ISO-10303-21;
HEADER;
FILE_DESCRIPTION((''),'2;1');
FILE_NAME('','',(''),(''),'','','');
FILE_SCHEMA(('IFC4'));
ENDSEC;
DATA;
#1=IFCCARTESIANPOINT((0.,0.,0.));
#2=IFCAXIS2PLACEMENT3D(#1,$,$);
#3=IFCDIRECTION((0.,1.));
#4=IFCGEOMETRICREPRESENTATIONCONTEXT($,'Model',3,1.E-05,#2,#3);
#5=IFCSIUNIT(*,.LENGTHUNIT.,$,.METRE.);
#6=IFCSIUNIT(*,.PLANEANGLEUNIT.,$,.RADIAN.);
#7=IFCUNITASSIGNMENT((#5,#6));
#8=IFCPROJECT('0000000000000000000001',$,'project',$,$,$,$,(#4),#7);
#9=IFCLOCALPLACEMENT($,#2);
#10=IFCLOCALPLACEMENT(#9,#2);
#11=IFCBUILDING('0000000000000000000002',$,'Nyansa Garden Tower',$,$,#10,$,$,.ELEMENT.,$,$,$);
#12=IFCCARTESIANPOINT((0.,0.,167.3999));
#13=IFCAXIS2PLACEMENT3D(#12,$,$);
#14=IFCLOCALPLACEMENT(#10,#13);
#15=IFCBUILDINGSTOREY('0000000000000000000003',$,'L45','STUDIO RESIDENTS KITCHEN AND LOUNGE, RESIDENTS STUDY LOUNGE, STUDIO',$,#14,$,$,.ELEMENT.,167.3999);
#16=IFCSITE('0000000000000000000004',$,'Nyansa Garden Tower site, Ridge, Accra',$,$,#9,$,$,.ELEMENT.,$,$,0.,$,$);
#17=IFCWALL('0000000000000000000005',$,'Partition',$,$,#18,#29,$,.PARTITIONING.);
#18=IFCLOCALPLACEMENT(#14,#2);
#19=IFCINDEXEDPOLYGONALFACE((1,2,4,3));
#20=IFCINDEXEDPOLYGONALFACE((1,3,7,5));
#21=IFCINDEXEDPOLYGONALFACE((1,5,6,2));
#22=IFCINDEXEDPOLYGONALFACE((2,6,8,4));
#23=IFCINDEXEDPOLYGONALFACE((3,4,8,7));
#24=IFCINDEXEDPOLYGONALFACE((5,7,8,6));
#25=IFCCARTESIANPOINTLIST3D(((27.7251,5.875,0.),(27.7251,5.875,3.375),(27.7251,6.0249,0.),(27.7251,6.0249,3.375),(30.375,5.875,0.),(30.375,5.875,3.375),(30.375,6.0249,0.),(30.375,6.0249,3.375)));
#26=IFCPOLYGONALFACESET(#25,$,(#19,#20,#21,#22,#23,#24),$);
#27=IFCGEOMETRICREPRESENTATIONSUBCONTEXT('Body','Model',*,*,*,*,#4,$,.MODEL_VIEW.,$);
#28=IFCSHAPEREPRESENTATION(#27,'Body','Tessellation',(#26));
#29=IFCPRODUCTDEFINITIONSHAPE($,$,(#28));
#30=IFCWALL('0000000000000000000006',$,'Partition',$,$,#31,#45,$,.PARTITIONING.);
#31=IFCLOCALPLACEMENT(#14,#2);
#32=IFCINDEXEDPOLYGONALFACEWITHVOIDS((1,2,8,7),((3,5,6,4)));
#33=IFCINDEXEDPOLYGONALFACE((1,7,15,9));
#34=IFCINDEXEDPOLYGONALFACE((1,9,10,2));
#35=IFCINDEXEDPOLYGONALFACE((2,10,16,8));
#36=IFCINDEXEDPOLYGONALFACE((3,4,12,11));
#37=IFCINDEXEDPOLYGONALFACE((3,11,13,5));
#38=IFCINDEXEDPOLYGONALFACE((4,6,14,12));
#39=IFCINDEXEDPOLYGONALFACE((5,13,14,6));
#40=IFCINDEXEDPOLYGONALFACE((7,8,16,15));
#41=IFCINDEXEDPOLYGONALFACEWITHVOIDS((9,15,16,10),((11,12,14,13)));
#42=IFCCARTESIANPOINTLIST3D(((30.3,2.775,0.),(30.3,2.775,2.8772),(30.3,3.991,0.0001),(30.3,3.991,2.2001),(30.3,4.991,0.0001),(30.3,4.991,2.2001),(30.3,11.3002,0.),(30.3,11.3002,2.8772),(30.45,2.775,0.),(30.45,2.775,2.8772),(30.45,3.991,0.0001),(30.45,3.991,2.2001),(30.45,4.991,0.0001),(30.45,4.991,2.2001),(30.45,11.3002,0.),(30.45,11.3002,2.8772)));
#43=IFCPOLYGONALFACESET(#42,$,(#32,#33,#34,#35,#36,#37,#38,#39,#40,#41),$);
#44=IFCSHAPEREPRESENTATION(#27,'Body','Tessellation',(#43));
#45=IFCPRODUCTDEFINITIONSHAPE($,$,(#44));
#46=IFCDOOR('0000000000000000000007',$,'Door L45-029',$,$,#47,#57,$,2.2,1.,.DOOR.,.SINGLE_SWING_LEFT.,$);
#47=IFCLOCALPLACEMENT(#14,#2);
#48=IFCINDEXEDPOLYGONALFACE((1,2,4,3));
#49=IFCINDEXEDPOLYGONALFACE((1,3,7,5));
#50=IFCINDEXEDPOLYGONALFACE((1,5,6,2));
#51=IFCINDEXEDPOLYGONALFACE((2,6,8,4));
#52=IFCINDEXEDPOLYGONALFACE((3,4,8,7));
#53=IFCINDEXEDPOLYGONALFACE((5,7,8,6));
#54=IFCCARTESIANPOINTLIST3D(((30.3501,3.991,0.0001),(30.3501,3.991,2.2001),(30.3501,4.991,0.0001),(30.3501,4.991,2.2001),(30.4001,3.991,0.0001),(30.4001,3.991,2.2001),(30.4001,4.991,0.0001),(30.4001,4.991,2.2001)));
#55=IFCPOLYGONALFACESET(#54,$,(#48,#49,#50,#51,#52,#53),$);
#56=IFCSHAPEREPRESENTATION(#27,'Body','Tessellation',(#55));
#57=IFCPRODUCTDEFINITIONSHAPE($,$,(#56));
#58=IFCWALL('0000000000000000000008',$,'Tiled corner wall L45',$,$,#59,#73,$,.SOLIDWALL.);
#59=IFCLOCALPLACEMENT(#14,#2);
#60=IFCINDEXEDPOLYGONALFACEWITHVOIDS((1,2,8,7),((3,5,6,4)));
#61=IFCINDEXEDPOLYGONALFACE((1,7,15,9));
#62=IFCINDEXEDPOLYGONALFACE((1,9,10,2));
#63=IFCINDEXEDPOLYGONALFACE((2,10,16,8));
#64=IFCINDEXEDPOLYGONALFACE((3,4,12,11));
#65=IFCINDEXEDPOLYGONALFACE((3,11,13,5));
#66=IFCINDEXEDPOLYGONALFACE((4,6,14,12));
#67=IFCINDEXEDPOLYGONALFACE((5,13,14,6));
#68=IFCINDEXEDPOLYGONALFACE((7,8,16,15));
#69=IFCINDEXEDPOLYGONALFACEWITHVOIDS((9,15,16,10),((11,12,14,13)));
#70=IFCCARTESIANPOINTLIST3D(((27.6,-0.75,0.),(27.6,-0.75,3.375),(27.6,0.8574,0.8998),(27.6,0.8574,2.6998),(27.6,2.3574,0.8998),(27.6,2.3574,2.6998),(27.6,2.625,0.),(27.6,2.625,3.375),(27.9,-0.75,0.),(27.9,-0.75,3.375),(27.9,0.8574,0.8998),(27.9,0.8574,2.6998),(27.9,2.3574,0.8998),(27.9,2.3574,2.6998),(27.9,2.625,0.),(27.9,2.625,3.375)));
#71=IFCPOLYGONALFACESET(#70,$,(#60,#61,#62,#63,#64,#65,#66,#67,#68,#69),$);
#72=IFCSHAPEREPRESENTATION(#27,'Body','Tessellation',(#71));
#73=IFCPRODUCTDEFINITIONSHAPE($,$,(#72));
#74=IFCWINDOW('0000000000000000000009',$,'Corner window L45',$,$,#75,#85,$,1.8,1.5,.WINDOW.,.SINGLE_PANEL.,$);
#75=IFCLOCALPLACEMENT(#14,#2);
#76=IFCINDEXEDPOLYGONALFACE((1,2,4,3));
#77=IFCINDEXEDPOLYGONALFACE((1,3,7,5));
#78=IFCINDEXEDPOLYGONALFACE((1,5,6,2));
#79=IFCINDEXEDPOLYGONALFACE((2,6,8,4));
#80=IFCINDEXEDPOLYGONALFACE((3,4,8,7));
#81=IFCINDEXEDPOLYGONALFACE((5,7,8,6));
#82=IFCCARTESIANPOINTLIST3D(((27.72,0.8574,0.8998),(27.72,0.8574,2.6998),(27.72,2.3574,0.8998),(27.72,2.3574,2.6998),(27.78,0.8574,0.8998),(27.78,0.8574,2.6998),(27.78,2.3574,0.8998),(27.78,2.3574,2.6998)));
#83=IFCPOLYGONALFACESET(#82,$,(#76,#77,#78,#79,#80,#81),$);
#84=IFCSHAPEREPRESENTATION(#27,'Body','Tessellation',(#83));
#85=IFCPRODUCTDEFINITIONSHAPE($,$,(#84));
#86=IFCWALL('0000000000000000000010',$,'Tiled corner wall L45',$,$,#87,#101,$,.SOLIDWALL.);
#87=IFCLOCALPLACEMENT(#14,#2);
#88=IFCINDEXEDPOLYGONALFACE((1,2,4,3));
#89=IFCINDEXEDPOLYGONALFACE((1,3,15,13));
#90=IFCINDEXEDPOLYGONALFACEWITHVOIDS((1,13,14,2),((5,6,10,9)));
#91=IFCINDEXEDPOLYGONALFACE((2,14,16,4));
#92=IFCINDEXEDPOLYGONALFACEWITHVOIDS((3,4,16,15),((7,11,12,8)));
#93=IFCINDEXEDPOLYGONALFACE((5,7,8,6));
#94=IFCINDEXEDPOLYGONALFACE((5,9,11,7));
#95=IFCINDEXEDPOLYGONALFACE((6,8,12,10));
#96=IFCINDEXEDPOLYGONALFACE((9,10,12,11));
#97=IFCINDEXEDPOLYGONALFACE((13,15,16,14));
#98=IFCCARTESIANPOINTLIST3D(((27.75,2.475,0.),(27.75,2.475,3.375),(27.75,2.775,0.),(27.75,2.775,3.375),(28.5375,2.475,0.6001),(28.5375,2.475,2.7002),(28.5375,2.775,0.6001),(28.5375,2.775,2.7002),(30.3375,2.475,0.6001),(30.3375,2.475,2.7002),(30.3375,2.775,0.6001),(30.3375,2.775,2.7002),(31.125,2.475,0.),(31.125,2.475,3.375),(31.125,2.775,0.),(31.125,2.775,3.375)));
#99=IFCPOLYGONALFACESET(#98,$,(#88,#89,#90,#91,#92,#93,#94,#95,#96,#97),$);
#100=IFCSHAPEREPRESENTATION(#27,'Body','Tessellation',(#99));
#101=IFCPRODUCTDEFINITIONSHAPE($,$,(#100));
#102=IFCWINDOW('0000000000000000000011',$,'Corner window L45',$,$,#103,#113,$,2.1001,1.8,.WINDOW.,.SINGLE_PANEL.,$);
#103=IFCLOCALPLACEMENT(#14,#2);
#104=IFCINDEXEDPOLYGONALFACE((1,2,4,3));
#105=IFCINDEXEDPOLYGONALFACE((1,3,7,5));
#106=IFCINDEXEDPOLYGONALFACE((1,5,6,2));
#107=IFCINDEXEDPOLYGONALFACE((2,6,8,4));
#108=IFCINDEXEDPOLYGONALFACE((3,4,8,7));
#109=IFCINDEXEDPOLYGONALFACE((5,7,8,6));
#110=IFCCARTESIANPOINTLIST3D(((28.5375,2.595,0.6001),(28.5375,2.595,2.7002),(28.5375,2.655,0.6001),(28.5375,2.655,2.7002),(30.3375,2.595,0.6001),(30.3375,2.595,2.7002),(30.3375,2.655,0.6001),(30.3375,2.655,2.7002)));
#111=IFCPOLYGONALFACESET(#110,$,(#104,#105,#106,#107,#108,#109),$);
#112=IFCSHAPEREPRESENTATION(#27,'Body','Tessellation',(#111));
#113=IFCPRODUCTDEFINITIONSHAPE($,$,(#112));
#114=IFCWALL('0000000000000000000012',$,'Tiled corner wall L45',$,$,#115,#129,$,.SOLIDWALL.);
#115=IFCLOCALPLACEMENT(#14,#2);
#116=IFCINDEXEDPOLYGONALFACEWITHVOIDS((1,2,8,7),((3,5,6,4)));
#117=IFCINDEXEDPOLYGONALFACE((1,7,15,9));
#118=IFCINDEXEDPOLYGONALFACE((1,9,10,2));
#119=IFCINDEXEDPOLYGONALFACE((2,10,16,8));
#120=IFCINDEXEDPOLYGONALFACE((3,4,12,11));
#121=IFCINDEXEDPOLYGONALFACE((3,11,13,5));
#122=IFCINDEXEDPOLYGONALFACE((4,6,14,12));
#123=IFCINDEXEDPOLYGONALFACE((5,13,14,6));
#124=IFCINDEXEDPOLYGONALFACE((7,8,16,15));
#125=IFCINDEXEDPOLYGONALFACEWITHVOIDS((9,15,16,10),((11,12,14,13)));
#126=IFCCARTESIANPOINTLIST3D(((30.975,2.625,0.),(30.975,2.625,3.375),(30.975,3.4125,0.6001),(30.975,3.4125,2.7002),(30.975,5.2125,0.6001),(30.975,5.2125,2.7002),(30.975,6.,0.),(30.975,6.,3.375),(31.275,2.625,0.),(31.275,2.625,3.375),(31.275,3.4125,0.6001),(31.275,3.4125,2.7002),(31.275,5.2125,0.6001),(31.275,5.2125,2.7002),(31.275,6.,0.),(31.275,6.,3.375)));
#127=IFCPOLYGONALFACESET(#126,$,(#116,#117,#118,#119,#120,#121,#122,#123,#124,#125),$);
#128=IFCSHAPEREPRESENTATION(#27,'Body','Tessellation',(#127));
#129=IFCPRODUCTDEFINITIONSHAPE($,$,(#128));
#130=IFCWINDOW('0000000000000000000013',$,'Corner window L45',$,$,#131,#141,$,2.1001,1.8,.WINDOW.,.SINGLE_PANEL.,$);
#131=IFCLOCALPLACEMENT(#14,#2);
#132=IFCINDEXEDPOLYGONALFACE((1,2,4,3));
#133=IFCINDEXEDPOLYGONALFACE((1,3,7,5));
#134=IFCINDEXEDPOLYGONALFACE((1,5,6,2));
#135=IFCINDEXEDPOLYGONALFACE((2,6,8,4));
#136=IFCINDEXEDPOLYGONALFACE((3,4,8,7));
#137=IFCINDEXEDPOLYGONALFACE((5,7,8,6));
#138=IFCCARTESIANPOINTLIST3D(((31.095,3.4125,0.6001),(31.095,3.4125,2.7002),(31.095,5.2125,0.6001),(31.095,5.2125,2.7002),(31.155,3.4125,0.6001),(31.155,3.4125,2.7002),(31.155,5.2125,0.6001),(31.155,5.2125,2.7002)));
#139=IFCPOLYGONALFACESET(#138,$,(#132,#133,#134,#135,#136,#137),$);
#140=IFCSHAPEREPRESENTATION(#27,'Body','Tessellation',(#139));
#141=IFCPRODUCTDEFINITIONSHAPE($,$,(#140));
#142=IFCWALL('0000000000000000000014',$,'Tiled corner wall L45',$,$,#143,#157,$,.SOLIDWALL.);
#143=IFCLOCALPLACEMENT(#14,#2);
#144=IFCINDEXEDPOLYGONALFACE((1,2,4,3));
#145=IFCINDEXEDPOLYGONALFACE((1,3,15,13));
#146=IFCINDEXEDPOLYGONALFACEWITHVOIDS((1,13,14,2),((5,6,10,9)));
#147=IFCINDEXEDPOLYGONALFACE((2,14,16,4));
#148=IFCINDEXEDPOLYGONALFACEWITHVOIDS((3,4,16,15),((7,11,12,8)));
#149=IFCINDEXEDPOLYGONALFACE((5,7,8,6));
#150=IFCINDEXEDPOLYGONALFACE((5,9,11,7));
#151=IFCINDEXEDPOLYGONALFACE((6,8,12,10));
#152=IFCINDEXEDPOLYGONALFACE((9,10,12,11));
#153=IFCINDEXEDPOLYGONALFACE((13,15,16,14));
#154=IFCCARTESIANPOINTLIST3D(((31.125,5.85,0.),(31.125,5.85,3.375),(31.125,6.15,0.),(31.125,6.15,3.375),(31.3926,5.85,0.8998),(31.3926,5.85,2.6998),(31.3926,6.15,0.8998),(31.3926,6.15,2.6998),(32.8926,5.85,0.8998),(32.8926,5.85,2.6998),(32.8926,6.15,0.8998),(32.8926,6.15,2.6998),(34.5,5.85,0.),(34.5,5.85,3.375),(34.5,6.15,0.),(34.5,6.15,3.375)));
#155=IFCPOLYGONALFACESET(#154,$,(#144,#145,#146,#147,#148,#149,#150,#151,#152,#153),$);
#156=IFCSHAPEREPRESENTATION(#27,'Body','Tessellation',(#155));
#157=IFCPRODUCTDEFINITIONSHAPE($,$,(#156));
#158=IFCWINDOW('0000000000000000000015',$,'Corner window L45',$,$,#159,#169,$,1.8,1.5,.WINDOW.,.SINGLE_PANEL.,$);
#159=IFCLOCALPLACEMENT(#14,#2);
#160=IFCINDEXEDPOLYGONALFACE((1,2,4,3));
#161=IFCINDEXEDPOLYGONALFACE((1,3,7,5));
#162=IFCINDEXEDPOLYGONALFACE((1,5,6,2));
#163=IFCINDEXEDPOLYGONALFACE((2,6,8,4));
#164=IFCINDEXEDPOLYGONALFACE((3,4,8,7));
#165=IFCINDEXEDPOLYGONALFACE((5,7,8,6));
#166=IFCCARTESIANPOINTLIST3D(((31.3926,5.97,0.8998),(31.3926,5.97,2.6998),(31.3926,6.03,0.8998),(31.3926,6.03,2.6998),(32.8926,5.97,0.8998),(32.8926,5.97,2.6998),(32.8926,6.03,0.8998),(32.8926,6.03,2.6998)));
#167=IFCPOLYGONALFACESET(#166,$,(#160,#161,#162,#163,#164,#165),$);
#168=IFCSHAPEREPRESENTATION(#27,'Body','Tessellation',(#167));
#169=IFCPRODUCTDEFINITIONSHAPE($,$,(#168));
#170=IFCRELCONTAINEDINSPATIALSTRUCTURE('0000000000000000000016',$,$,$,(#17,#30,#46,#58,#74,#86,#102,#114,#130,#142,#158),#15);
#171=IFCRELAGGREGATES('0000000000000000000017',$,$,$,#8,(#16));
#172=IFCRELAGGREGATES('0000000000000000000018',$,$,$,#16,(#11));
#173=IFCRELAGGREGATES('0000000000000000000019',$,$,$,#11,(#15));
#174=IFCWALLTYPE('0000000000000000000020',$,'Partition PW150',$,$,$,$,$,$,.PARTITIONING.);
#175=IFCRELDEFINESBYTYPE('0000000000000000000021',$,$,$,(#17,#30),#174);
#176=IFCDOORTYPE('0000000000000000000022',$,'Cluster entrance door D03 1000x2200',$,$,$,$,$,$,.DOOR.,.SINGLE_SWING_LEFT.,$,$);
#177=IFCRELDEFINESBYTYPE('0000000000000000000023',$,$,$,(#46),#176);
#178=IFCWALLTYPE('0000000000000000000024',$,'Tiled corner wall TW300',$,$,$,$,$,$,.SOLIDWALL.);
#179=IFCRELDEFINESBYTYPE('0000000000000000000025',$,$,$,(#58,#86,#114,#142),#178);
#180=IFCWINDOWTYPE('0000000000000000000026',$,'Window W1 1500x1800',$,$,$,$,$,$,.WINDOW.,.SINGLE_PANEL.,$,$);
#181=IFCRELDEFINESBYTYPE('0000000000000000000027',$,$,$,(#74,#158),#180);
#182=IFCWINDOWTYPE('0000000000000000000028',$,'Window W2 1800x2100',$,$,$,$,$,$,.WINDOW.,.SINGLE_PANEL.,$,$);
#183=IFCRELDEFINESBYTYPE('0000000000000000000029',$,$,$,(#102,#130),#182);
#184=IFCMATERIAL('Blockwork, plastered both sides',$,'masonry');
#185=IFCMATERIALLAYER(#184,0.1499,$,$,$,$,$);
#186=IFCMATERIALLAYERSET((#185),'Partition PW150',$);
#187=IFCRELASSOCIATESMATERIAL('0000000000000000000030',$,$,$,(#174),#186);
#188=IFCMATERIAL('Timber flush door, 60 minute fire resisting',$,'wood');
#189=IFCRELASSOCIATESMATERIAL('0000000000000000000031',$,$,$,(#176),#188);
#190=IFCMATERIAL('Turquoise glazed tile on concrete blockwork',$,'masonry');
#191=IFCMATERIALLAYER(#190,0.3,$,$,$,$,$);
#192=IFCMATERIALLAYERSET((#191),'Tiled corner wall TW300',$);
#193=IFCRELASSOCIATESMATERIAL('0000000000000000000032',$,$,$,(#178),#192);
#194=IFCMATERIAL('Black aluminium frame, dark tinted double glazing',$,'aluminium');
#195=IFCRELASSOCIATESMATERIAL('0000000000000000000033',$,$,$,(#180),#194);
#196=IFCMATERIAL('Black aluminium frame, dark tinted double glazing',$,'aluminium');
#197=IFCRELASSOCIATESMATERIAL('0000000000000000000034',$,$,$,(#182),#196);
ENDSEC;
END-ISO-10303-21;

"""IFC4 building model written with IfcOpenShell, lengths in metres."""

from ifc_helpers import new_model, si_unit, direction, frame, frame_2d, origin, place, context, subcontext, project, spatial, rectangle, extrude, material, layer, layer_set, type_object, element, fill, save


model = new_model("IFC4")

# Units and contexts
model_context = context("Model", 3, precision=1e-05, world=origin(), true_north=direction((0.0, 1.0)))
body_context = subcontext(model_context, "Body", "Model", "MODEL_VIEW")
ifc_project = project(units=[si_unit("LENGTHUNIT", "METRE"), si_unit("PLANEANGLEUNIT", "RADIAN")], contexts=[model_context])

# Site, building, storey
site_placement = place(None, origin())
site = spatial("IfcSite", under=ifc_project, at=site_placement, Name="Nyansa Garden Tower site, Ridge, Accra", CompositionType="ELEMENT", RefElevation=0.0)
building_placement = place(site_placement, origin())
building = spatial("IfcBuilding", under=site, at=building_placement, Name="Nyansa Garden Tower", CompositionType="ELEMENT")
storey_placement = place(building_placement, frame((0.0, 0.0, 167.3999)))
storey = spatial("IfcBuildingStorey", under=building, at=storey_placement, Name="L45", Description="STUDIO RESIDENTS KITCHEN AND LOUNGE, RESIDENTS STUDY LOUNGE, STUDIO", CompositionType="ELEMENT", Elevation=167.3999)

# Wall
ifc_material_1 = material(Name="Blockwork, plastered both sides", Category="masonry")
ifc_layer_1 = layer(ifc_material_1, 0.1499)
ifc_layer_set_1 = layer_set([ifc_layer_1], Name="Partition PW150")
wall_type_1 = type_object("IfcWallType", Name="Partition PW150", PredefinedType="PARTITIONING", material=ifc_layer_set_1)
wall_1_placement = place(storey_placement, frame((27.7251, 5.95, 0.0), z_axis=(0.0, 0.0, 1.0), x_axis=(1.0, 0.0, 0.0)))
element("IfcWall", 1, at=wall_1_placement, inside=storey, type_object=wall_type_1, Name="Partition", PredefinedType="PARTITIONING", context=body_context, shape_type="SweptSolid", body=[
    extrude(rectangle(XDim=2.6499, YDim=0.1499, at=frame_2d((1.325, 0.0))), origin(), (0.0, 0.0, 1.0), 3.375),
])

# Wall, opening, door
wall_2_placement = place(storey_placement, frame((30.375, 2.7749, 0.0), z_axis=(0.0, 0.0, 1.0), x_axis=(0.0, 1.0, 0.0)))
wall_2 = element("IfcWall", 2, at=wall_2_placement, inside=storey, type_object=wall_type_1, Name="Partition", PredefinedType="PARTITIONING", context=body_context, shape_type="SweptSolid", body=[
    extrude(rectangle(XDim=8.5251, YDim=0.1499, at=frame_2d((4.2627, 0.0))), origin(), (0.0, 0.0, 1.0), 2.8772),
])
opening_1_placement = place(wall_2_placement, frame((1.2161, 0.0, 0.0)))
opening_1 = element("IfcOpeningElement", 3, at=opening_1_placement, cuts=wall_2, PredefinedType="OPENING", context=body_context, shape_type="SweptSolid", body=[
    extrude(rectangle(XDim=1.0, YDim=2.2, at=frame_2d((0.5, 1.1001))), frame((0.0, 0.085, 0.0), z_axis=(0.0, -1.0, 0.0), x_axis=(1.0, 0.0, 0.0)), (0.0, 0.0, 1.0), 0.1699),
])
ifc_material_2 = material(Name="Timber flush door, 60 minute fire resisting", Category="wood")
door_type = type_object("IfcDoorType", Name="Cluster entrance door D03 1000x2200", OperationType="SINGLE_SWING_LEFT", PredefinedType="DOOR", material=ifc_material_2)
door_placement = place(opening_1_placement, origin())
door = element("IfcDoor", 4, at=door_placement, inside=storey, type_object=door_type, Name="Door L45-029", OperationType="SINGLE_SWING_LEFT", OverallHeight=2.2, OverallWidth=1.0, PredefinedType="DOOR", context=body_context, shape_type="SweptSolid", body=[
    extrude(rectangle(XDim=1.0, YDim=2.2, at=frame_2d((0.5, 1.1001))), frame((0.0, 0.0249, 0.0), z_axis=(0.0, -1.0, 0.0), x_axis=(1.0, 0.0, 0.0)), (0.0, 0.0, 1.0), 0.05),
])
fill(opening_1, door)

# Walls, openings, windows
ifc_material_3 = material(Name="Turquoise glazed tile on concrete blockwork", Category="masonry")
ifc_layer_2 = layer(ifc_material_3, 0.3)
ifc_layer_set_2 = layer_set([ifc_layer_2], Name="Tiled corner wall TW300")
wall_type_2 = type_object("IfcWallType", Name="Tiled corner wall TW300", PredefinedType="SOLIDWALL", material=ifc_layer_set_2)
wall_3_placement = place(storey_placement, frame((27.75, -0.75, 0.0), z_axis=(0.0, 0.0, 1.0), x_axis=(0.0, 1.0, 0.0)))
wall_3 = element("IfcWall", 5, at=wall_3_placement, inside=storey, type_object=wall_type_2, Name="Tiled corner wall L45", PredefinedType="SOLIDWALL", context=body_context, shape_type="SweptSolid", body=[
    extrude(rectangle(XDim=3.375, YDim=0.3, at=frame_2d((1.6875, 0.0))), origin(), (0.0, 0.0, 1.0), 3.375),
])
opening_2_placement = place(wall_3_placement, frame((1.6074, 0.0, 0.8999)))
opening_2 = element("IfcOpeningElement", 6, at=opening_2_placement, cuts=wall_3, PredefinedType="OPENING", context=body_context, shape_type="SweptSolid", body=[
    extrude(rectangle(XDim=1.5, YDim=1.8, at=frame_2d((0.75, 0.8999))), frame((0.0, 0.1599, 0.0), z_axis=(0.0, -1.0, 0.0), x_axis=(1.0, 0.0, 0.0)), (0.0, 0.0, 1.0), 0.3201),
])
ifc_material_4 = material(Name="Black aluminium frame, dark tinted double glazing", Category="aluminium")
window_type_1 = type_object("IfcWindowType", Name="Window W1 1500x1800", PartitioningType="SINGLE_PANEL", PredefinedType="WINDOW", material=ifc_material_4)
window_1_placement = place(opening_2_placement, origin())
window_1 = element("IfcWindow", 7, at=window_1_placement, inside=storey, type_object=window_type_1, Name="Corner window L45", OverallHeight=1.8, OverallWidth=1.5, PartitioningType="SINGLE_PANEL", PredefinedType="WINDOW", context=body_context, shape_type="SweptSolid", body=[
    extrude(rectangle(XDim=1.5, YDim=1.8, at=frame_2d((0.75, 0.8999))), frame((0.0, 0.03, 0.0), z_axis=(0.0, -1.0, 0.0), x_axis=(1.0, 0.0, 0.0)), (0.0, 0.0, 1.0), 0.0601),
])
fill(opening_2, window_1)
wall_4_placement = place(storey_placement, frame((27.75, 2.625, 0.0), z_axis=(0.0, 0.0, 1.0), x_axis=(1.0, 0.0, 0.0)))
wall_4 = element("IfcWall", 8, at=wall_4_placement, inside=storey, type_object=wall_type_2, Name="Tiled corner wall L45", PredefinedType="SOLIDWALL", context=body_context, shape_type="SweptSolid", body=[
    extrude(rectangle(XDim=3.375, YDim=0.3, at=frame_2d((1.6875, 0.0))), origin(), (0.0, 0.0, 1.0), 3.375),
])
opening_3_placement = place(wall_4_placement, frame((0.7876, 0.0, 0.6001)))
opening_3 = element("IfcOpeningElement", 9, at=opening_3_placement, cuts=wall_4, PredefinedType="OPENING", context=body_context, shape_type="SweptSolid", body=[
    extrude(rectangle(XDim=1.8, YDim=2.1001, at=frame_2d((0.8999, 1.05))), frame((0.0, 0.1599, 0.0), z_axis=(0.0, -1.0, 0.0), x_axis=(1.0, 0.0, 0.0)), (0.0, 0.0, 1.0), 0.3201),
])
ifc_material_5 = material(Name="Black aluminium frame, dark tinted double glazing", Category="aluminium")
window_type_2 = type_object("IfcWindowType", Name="Window W2 1800x2100", PartitioningType="SINGLE_PANEL", PredefinedType="WINDOW", material=ifc_material_5)
window_2_placement = place(opening_3_placement, origin())
window_2 = element("IfcWindow", 10, at=window_2_placement, inside=storey, type_object=window_type_2, Name="Corner window L45", OverallHeight=2.1001, OverallWidth=1.8, PartitioningType="SINGLE_PANEL", PredefinedType="WINDOW", context=body_context, shape_type="SweptSolid", body=[
    extrude(rectangle(XDim=1.8, YDim=2.1001, at=frame_2d((0.8999, 1.05))), frame((0.0, 0.03, 0.0), z_axis=(0.0, -1.0, 0.0), x_axis=(1.0, 0.0, 0.0)), (0.0, 0.0, 1.0), 0.0601),
])
fill(opening_3, window_2)
wall_5_placement = place(storey_placement, frame((31.125, 2.625, 0.0), z_axis=(0.0, 0.0, 1.0), x_axis=(0.0, 1.0, 0.0)))
wall_5 = element("IfcWall", 11, at=wall_5_placement, inside=storey, type_object=wall_type_2, Name="Tiled corner wall L45", PredefinedType="SOLIDWALL", context=body_context, shape_type="SweptSolid", body=[
    extrude(rectangle(XDim=3.375, YDim=0.3, at=frame_2d((1.6875, 0.0))), origin(), (0.0, 0.0, 1.0), 3.375),
])
opening_4_placement = place(wall_5_placement, frame((0.7876, 0.0, 0.6001)))
opening_4 = element("IfcOpeningElement", 12, at=opening_4_placement, cuts=wall_5, PredefinedType="OPENING", context=body_context, shape_type="SweptSolid", body=[
    extrude(rectangle(XDim=1.8, YDim=2.1001, at=frame_2d((0.8999, 1.05))), frame((0.0, 0.1599, 0.0), z_axis=(0.0, -1.0, 0.0), x_axis=(1.0, 0.0, 0.0)), (0.0, 0.0, 1.0), 0.3201),
])
window_3_placement = place(opening_4_placement, origin())
window_3 = element("IfcWindow", 13, at=window_3_placement, inside=storey, type_object=window_type_2, Name="Corner window L45", OverallHeight=2.1001, OverallWidth=1.8, PartitioningType="SINGLE_PANEL", PredefinedType="WINDOW", context=body_context, shape_type="SweptSolid", body=[
    extrude(rectangle(XDim=1.8, YDim=2.1001, at=frame_2d((0.8999, 1.05))), frame((0.0, 0.03, 0.0), z_axis=(0.0, -1.0, 0.0), x_axis=(1.0, 0.0, 0.0)), (0.0, 0.0, 1.0), 0.0601),
])
fill(opening_4, window_3)
wall_6_placement = place(storey_placement, frame((31.125, 6.0, 0.0), z_axis=(0.0, 0.0, 1.0), x_axis=(1.0, 0.0, 0.0)))
wall_6 = element("IfcWall", 14, at=wall_6_placement, inside=storey, type_object=wall_type_2, Name="Tiled corner wall L45", PredefinedType="SOLIDWALL", context=body_context, shape_type="SweptSolid", body=[
    extrude(rectangle(XDim=3.375, YDim=0.3, at=frame_2d((1.6875, 0.0))), origin(), (0.0, 0.0, 1.0), 3.375),
])
opening_5_placement = place(wall_6_placement, frame((0.2676, 0.0, 0.8999)))
opening_5 = element("IfcOpeningElement", 15, at=opening_5_placement, cuts=wall_6, PredefinedType="OPENING", context=body_context, shape_type="SweptSolid", body=[
    extrude(rectangle(XDim=1.5, YDim=1.8, at=frame_2d((0.75, 0.8999))), frame((0.0, 0.1599, 0.0), z_axis=(0.0, -1.0, 0.0), x_axis=(1.0, 0.0, 0.0)), (0.0, 0.0, 1.0), 0.3201),
])
window_4_placement = place(opening_5_placement, origin())
window_4 = element("IfcWindow", 16, at=window_4_placement, inside=storey, type_object=window_type_1, Name="Corner window L45", OverallHeight=1.8, OverallWidth=1.5, PartitioningType="SINGLE_PANEL", PredefinedType="WINDOW", context=body_context, shape_type="SweptSolid", body=[
    extrude(rectangle(XDim=1.5, YDim=1.8, at=frame_2d((0.75, 0.8999))), frame((0.0, 0.03, 0.0), z_axis=(0.0, -1.0, 0.0), x_axis=(1.0, 0.0, 0.0)), (0.0, 0.0, 1.0), 0.0601),
])
fill(opening_5, window_4)

save(model, "model.ifc")
